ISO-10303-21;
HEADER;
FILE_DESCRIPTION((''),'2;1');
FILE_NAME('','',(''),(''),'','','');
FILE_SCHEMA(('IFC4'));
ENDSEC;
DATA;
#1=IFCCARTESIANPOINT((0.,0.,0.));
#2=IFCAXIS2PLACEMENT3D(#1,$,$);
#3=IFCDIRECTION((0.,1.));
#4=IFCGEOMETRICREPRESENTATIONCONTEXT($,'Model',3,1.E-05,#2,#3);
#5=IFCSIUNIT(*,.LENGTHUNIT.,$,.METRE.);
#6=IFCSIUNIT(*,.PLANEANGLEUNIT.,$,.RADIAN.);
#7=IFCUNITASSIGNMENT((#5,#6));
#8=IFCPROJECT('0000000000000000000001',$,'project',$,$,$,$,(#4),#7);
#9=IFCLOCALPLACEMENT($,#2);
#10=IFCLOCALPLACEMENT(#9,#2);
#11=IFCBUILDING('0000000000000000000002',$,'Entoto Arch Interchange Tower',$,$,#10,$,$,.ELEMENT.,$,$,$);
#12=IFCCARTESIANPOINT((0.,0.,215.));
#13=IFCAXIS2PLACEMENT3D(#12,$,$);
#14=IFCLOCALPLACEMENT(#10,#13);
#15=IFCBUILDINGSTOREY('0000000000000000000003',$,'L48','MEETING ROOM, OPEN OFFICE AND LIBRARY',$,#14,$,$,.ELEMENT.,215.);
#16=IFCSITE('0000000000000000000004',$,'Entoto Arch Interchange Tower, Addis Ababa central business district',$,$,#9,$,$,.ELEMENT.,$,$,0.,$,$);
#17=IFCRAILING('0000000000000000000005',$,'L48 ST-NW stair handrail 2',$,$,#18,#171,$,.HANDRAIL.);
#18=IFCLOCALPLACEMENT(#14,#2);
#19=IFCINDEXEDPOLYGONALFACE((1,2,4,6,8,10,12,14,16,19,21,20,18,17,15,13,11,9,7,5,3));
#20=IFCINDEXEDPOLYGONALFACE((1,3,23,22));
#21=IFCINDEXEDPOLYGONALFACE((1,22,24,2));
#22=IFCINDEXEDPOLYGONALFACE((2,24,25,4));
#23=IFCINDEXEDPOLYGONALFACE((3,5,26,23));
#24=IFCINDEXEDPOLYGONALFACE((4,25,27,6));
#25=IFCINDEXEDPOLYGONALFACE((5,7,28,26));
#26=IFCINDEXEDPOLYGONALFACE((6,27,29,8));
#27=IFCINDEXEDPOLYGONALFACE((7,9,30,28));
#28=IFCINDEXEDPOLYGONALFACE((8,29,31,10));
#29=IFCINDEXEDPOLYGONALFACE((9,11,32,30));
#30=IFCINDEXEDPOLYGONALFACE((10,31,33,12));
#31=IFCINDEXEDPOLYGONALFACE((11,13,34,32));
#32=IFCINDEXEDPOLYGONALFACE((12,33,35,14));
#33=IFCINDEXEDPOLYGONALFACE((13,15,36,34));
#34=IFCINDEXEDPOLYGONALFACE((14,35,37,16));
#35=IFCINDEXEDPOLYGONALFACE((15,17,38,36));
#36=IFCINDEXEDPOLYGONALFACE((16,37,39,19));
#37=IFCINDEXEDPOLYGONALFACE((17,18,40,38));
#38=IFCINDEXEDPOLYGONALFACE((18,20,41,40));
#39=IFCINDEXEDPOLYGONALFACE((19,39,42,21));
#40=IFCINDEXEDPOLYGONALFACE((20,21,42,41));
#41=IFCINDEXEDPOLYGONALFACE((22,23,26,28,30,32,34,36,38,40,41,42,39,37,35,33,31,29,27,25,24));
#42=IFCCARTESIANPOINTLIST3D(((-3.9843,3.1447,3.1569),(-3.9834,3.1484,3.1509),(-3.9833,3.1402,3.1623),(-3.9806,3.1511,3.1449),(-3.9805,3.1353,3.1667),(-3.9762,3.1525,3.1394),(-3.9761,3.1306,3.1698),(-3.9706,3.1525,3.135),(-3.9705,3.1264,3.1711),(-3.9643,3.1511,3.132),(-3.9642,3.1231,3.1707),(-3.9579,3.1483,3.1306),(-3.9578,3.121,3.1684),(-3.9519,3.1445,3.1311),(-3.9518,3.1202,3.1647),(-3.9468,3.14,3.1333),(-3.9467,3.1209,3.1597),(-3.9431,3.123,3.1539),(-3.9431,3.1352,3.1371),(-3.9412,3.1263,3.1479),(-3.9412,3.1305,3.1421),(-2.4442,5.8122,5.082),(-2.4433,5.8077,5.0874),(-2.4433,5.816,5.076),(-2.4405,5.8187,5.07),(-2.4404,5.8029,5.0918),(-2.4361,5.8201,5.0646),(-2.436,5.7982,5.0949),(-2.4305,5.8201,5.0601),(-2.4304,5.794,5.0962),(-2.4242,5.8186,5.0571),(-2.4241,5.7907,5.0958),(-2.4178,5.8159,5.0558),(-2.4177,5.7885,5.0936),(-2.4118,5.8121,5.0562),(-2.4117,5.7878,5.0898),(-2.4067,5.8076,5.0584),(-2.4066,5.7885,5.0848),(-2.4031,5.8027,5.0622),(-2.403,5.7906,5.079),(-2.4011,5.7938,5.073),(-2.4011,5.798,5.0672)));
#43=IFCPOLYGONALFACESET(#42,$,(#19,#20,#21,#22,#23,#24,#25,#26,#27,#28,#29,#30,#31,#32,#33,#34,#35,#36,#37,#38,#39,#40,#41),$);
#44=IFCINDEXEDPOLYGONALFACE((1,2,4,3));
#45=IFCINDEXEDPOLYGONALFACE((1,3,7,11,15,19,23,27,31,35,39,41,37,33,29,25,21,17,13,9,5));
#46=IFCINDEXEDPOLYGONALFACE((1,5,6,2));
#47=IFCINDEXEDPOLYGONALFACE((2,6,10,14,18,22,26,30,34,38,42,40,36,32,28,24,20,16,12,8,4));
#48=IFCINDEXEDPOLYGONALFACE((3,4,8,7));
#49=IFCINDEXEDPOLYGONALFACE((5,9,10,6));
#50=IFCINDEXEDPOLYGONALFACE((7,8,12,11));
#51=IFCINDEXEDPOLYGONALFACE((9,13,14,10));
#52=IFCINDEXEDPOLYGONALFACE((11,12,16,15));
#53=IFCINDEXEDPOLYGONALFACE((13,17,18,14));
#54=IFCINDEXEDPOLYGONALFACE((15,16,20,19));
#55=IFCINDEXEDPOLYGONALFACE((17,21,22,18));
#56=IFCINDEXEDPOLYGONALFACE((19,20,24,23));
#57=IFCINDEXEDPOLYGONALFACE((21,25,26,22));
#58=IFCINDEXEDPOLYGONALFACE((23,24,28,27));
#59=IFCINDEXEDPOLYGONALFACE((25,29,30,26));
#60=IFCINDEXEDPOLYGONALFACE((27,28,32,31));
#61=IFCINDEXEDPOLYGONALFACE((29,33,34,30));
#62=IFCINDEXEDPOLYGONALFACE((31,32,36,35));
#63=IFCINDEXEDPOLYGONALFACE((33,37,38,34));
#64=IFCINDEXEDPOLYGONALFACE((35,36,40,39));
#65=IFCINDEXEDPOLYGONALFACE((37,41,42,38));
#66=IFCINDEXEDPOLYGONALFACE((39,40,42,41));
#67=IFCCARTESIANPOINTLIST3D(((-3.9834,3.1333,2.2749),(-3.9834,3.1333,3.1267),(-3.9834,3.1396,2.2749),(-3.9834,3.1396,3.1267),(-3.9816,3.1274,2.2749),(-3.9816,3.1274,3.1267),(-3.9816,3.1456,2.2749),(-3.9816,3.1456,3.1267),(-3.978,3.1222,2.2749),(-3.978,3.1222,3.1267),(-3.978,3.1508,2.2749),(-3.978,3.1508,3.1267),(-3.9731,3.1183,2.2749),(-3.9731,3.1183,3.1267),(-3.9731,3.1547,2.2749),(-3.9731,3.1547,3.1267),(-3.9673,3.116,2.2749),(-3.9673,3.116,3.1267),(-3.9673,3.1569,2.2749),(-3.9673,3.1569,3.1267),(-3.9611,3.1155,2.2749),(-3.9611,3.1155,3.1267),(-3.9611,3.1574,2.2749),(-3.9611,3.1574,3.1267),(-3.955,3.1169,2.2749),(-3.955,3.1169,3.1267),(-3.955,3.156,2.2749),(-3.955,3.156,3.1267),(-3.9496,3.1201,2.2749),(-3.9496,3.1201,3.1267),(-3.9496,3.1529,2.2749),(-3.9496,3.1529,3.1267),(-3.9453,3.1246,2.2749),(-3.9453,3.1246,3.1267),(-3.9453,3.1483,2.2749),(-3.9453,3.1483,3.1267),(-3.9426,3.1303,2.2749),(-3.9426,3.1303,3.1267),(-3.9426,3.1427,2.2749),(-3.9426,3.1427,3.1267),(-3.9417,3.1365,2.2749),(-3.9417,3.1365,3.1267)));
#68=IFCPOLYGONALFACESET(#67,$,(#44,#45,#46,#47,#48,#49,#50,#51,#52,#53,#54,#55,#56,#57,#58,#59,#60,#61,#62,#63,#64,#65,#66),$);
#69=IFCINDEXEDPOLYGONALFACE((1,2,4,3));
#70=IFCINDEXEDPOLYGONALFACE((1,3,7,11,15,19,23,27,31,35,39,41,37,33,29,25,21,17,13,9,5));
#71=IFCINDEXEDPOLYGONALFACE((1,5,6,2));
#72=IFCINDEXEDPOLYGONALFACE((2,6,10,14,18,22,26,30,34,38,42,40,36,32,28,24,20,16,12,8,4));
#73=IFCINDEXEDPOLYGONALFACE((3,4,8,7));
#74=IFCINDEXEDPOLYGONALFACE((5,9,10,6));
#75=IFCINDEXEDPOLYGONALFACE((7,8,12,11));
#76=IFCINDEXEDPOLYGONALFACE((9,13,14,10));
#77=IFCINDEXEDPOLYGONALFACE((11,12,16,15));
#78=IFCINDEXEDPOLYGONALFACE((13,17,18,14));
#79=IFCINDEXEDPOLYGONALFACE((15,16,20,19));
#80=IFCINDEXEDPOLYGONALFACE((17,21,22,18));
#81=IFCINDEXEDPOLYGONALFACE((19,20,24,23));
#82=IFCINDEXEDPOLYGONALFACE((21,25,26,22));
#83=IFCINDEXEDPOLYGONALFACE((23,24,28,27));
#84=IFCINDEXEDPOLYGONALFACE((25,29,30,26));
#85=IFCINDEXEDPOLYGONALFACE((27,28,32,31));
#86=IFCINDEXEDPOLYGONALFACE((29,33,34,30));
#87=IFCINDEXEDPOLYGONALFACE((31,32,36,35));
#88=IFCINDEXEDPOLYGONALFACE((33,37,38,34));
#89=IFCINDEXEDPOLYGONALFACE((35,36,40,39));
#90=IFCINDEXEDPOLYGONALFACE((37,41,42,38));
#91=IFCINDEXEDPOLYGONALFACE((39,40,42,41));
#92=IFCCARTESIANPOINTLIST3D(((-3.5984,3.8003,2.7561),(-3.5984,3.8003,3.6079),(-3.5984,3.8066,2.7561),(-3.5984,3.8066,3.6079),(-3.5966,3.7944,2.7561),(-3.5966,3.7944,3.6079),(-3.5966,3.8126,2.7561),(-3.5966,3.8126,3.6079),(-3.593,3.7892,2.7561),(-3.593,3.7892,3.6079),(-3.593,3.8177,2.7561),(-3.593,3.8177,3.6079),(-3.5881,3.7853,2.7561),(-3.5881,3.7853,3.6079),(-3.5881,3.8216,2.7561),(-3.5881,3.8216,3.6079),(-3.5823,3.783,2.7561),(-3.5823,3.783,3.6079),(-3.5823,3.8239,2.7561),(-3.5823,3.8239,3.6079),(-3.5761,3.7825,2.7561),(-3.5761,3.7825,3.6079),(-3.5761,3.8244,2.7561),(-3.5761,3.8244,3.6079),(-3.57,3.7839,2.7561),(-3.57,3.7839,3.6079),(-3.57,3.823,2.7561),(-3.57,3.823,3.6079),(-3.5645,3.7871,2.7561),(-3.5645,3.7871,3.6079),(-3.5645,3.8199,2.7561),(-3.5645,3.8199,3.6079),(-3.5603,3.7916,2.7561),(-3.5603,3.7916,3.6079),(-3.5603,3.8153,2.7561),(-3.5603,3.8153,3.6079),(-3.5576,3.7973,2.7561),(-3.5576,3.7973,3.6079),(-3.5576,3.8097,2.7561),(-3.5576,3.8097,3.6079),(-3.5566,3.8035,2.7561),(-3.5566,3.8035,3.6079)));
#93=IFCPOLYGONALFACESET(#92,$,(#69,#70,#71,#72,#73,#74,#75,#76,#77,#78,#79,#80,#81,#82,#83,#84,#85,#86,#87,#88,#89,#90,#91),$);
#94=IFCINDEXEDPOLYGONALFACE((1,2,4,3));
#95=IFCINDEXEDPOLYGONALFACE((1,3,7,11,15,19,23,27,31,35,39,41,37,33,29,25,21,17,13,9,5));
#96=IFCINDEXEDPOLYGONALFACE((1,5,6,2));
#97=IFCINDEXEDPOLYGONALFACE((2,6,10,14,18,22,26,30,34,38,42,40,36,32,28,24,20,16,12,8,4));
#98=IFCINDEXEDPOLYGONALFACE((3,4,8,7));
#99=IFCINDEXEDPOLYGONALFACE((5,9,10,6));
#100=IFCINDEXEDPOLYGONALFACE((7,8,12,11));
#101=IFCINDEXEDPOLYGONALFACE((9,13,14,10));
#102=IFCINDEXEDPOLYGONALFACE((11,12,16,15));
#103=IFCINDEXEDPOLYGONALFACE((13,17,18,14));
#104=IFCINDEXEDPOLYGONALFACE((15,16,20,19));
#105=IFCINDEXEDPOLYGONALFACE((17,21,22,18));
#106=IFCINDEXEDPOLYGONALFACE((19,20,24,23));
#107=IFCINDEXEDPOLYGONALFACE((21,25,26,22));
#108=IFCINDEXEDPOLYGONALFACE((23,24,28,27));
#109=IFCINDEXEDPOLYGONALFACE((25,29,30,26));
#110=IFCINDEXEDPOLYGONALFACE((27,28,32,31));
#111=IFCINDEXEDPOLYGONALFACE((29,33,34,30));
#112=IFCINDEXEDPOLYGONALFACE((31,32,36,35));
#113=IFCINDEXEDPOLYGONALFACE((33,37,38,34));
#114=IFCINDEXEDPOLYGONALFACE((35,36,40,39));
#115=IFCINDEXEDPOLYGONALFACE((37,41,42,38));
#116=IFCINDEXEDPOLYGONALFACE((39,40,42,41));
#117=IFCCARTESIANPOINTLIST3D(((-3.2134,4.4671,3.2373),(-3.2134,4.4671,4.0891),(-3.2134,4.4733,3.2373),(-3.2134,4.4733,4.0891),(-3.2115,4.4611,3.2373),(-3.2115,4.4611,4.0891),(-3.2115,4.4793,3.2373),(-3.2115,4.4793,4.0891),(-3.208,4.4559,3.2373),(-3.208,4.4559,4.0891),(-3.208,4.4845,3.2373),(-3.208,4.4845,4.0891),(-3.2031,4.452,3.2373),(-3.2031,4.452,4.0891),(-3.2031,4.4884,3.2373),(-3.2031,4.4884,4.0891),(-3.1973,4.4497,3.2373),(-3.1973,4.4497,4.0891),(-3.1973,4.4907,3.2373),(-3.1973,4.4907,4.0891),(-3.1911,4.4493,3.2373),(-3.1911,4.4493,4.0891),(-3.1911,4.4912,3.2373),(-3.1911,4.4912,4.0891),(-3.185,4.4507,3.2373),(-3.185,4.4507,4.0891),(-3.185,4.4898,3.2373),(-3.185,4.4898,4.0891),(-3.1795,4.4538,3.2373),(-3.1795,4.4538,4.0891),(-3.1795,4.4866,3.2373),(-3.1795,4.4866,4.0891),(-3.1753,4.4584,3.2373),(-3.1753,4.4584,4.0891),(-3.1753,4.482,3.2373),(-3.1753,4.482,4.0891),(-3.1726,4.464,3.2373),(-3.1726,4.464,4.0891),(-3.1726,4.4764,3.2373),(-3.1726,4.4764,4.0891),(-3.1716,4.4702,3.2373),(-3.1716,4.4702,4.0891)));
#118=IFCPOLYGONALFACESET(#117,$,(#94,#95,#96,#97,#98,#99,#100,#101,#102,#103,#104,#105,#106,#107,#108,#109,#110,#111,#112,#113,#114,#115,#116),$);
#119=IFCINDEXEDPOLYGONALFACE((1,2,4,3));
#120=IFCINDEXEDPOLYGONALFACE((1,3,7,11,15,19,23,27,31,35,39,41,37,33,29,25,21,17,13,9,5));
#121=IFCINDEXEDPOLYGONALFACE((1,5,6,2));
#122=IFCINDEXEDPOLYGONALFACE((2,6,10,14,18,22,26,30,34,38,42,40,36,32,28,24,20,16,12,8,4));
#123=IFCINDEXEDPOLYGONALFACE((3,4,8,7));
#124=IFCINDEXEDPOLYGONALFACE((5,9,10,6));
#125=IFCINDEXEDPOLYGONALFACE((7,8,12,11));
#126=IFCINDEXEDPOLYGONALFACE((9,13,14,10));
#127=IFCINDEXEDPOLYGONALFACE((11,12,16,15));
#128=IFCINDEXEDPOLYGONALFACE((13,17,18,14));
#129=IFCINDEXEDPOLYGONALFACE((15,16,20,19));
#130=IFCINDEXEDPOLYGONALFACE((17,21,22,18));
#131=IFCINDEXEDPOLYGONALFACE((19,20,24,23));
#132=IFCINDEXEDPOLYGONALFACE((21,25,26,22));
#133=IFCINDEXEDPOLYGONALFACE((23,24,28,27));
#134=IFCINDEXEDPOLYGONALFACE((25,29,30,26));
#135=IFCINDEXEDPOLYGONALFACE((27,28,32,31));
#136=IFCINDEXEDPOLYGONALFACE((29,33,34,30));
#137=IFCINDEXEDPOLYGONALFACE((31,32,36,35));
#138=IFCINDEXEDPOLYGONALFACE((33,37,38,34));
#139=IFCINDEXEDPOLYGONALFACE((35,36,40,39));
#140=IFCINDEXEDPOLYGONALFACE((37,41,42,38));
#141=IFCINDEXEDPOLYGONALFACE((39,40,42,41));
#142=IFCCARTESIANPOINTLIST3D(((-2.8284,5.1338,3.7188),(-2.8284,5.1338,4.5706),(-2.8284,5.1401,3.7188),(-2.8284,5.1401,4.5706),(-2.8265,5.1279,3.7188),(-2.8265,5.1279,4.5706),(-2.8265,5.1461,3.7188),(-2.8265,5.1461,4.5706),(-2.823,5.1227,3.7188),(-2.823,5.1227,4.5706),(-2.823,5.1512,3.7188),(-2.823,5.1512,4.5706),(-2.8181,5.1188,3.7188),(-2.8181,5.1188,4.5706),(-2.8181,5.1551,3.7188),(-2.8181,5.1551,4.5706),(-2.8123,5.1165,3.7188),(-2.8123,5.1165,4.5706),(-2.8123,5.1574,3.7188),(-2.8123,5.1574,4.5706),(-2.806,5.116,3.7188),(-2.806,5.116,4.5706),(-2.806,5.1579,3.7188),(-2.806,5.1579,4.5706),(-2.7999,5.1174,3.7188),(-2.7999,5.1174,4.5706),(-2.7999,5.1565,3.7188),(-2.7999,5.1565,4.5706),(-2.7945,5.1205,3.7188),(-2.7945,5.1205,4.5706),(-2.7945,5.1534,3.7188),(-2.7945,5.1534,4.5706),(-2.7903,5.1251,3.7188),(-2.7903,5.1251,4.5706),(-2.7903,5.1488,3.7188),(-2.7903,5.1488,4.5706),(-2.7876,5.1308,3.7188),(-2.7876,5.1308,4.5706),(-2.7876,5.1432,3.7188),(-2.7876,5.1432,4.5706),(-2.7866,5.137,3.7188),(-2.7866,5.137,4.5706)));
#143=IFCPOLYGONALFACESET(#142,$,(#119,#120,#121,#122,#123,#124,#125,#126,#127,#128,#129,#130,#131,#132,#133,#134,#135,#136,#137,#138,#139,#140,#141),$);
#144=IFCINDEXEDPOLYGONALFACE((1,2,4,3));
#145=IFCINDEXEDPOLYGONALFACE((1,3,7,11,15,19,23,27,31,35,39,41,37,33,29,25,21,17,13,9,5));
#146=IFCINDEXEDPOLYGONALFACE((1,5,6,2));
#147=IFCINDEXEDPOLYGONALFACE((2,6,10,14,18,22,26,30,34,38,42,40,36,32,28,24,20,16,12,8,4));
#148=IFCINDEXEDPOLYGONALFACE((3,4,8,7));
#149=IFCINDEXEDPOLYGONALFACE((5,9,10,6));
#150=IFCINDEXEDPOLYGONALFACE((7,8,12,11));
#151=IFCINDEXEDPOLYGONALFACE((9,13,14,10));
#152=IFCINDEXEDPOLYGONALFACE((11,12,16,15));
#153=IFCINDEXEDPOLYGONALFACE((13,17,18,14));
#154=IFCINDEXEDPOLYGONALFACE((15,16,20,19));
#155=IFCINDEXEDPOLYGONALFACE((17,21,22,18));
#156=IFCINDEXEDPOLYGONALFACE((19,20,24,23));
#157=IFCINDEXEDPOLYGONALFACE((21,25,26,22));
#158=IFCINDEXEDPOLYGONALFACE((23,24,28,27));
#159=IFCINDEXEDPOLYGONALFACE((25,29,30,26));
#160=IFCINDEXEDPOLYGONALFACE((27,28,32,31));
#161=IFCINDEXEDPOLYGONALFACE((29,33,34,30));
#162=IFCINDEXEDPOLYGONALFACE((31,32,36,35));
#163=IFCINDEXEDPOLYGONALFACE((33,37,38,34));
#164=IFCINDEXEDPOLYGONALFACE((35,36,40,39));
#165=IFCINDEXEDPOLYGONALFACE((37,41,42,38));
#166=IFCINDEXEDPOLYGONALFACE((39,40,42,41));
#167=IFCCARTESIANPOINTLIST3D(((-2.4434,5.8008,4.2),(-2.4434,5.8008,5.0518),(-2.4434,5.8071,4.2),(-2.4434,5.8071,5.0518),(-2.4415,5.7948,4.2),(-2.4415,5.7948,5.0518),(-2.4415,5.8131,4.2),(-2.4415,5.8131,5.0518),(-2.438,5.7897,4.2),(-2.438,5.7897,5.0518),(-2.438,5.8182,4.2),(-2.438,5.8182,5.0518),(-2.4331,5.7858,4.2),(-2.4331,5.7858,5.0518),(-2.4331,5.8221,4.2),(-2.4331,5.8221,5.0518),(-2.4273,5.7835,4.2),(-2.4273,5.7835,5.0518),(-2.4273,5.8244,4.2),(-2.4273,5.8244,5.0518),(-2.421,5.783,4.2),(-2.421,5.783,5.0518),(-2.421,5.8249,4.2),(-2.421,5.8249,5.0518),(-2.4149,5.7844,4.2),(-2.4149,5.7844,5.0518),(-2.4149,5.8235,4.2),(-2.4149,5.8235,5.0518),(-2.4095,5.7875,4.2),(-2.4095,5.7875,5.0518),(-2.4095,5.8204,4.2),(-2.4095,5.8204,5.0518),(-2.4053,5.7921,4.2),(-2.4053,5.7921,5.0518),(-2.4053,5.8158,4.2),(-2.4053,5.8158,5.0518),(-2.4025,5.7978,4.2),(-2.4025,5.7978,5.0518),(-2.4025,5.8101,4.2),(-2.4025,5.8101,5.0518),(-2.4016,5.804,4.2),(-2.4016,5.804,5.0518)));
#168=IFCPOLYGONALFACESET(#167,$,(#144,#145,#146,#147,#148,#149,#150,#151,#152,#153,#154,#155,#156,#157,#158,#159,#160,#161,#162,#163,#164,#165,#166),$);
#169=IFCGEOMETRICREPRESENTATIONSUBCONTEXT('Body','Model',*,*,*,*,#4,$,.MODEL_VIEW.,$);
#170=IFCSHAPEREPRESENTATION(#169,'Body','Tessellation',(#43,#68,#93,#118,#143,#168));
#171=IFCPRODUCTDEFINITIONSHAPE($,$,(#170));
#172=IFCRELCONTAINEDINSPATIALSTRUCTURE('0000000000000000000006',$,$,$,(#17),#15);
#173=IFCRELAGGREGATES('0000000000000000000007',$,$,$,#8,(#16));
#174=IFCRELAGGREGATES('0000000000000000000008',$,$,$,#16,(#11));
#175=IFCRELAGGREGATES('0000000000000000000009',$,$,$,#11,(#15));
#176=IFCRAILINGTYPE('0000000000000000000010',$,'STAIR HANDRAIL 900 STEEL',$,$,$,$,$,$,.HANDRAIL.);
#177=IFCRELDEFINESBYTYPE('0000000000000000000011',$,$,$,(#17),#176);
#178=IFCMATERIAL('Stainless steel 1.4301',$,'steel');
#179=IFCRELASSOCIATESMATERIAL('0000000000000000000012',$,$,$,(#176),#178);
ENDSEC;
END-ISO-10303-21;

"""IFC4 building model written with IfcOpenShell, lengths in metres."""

from ifc_helpers import new_model, si_unit, direction, frame, origin, origin_2d, place, context, subcontext, project, spatial, circle, extrude, material, type_object, element, save


model = new_model("IFC4")

# Units and contexts
model_context = context("Model", 3, precision=1e-05, world=origin(), true_north=direction((0.0, 1.0)))
body_context = subcontext(model_context, "Body", "Model", "MODEL_VIEW")
ifc_project = project(units=[si_unit("LENGTHUNIT", "METRE"), si_unit("PLANEANGLEUNIT", "RADIAN")], contexts=[model_context])

# Site, building, storey
site_placement = place(None, origin())
site = spatial("IfcSite", under=ifc_project, at=site_placement, Name="Entoto Arch Interchange Tower, Addis Ababa central business district", CompositionType="ELEMENT", RefElevation=0.0)
building_placement = place(site_placement, origin())
building = spatial("IfcBuilding", under=site, at=building_placement, Name="Entoto Arch Interchange Tower", CompositionType="ELEMENT")
storey_placement = place(building_placement, frame((0.0, 0.0, 215.0)))
storey = spatial("IfcBuildingStorey", under=building, at=storey_placement, Name="L48", Description="MEETING ROOM, OPEN OFFICE AND LIBRARY", CompositionType="ELEMENT", Elevation=215.0)

# Railing
ifc_material_1 = material(Name="Stainless steel 1.4301", Category="steel")
railing_type = type_object("IfcRailingType", Name="STAIR HANDRAIL 900 STEEL", PredefinedType="HANDRAIL", material=ifc_material_1)
railing_placement = place(storey_placement, frame((-3.9626, 3.1365, 2.2749)))
element("IfcRailing", 1, at=railing_placement, inside=storey, type_object=railing_type, Name="L48 ST-NW stair handrail 2", PredefinedType="HANDRAIL", context=body_context, shape_type="SweptSolid", body=[
    extrude(circle(Radius=0.0239, at=origin_2d()), frame((0.0, 0.0, 0.876), z_axis=(0.423994, 0.734395, 0.529993), x_axis=(-0.86603, 0.499992, 0.0)), (0.0, 0.0, 1.0), 3.6323),
    extrude(circle(Radius=0.021, at=origin_2d()), origin(), (0.0, 0.0, 1.0), 0.8518),
    extrude(circle(Radius=0.021, at=origin_2d()), frame((0.385, 0.667, 0.4812)), (0.0, 0.0, 1.0), 0.8518),
    extrude(circle(Radius=0.021, at=origin_2d()), frame((0.77, 1.3337, 0.9624)), (0.0, 0.0, 1.0), 0.8518),
    extrude(circle(Radius=0.021, at=origin_2d()), frame((1.155, 2.0005, 1.4438)), (0.0, 0.0, 1.0), 0.8518),
    extrude(circle(Radius=0.021, at=origin_2d()), frame((1.54, 2.6675, 1.925)), (0.0, 0.0, 1.0), 0.8518),
])

save(model, "model.ifc")
